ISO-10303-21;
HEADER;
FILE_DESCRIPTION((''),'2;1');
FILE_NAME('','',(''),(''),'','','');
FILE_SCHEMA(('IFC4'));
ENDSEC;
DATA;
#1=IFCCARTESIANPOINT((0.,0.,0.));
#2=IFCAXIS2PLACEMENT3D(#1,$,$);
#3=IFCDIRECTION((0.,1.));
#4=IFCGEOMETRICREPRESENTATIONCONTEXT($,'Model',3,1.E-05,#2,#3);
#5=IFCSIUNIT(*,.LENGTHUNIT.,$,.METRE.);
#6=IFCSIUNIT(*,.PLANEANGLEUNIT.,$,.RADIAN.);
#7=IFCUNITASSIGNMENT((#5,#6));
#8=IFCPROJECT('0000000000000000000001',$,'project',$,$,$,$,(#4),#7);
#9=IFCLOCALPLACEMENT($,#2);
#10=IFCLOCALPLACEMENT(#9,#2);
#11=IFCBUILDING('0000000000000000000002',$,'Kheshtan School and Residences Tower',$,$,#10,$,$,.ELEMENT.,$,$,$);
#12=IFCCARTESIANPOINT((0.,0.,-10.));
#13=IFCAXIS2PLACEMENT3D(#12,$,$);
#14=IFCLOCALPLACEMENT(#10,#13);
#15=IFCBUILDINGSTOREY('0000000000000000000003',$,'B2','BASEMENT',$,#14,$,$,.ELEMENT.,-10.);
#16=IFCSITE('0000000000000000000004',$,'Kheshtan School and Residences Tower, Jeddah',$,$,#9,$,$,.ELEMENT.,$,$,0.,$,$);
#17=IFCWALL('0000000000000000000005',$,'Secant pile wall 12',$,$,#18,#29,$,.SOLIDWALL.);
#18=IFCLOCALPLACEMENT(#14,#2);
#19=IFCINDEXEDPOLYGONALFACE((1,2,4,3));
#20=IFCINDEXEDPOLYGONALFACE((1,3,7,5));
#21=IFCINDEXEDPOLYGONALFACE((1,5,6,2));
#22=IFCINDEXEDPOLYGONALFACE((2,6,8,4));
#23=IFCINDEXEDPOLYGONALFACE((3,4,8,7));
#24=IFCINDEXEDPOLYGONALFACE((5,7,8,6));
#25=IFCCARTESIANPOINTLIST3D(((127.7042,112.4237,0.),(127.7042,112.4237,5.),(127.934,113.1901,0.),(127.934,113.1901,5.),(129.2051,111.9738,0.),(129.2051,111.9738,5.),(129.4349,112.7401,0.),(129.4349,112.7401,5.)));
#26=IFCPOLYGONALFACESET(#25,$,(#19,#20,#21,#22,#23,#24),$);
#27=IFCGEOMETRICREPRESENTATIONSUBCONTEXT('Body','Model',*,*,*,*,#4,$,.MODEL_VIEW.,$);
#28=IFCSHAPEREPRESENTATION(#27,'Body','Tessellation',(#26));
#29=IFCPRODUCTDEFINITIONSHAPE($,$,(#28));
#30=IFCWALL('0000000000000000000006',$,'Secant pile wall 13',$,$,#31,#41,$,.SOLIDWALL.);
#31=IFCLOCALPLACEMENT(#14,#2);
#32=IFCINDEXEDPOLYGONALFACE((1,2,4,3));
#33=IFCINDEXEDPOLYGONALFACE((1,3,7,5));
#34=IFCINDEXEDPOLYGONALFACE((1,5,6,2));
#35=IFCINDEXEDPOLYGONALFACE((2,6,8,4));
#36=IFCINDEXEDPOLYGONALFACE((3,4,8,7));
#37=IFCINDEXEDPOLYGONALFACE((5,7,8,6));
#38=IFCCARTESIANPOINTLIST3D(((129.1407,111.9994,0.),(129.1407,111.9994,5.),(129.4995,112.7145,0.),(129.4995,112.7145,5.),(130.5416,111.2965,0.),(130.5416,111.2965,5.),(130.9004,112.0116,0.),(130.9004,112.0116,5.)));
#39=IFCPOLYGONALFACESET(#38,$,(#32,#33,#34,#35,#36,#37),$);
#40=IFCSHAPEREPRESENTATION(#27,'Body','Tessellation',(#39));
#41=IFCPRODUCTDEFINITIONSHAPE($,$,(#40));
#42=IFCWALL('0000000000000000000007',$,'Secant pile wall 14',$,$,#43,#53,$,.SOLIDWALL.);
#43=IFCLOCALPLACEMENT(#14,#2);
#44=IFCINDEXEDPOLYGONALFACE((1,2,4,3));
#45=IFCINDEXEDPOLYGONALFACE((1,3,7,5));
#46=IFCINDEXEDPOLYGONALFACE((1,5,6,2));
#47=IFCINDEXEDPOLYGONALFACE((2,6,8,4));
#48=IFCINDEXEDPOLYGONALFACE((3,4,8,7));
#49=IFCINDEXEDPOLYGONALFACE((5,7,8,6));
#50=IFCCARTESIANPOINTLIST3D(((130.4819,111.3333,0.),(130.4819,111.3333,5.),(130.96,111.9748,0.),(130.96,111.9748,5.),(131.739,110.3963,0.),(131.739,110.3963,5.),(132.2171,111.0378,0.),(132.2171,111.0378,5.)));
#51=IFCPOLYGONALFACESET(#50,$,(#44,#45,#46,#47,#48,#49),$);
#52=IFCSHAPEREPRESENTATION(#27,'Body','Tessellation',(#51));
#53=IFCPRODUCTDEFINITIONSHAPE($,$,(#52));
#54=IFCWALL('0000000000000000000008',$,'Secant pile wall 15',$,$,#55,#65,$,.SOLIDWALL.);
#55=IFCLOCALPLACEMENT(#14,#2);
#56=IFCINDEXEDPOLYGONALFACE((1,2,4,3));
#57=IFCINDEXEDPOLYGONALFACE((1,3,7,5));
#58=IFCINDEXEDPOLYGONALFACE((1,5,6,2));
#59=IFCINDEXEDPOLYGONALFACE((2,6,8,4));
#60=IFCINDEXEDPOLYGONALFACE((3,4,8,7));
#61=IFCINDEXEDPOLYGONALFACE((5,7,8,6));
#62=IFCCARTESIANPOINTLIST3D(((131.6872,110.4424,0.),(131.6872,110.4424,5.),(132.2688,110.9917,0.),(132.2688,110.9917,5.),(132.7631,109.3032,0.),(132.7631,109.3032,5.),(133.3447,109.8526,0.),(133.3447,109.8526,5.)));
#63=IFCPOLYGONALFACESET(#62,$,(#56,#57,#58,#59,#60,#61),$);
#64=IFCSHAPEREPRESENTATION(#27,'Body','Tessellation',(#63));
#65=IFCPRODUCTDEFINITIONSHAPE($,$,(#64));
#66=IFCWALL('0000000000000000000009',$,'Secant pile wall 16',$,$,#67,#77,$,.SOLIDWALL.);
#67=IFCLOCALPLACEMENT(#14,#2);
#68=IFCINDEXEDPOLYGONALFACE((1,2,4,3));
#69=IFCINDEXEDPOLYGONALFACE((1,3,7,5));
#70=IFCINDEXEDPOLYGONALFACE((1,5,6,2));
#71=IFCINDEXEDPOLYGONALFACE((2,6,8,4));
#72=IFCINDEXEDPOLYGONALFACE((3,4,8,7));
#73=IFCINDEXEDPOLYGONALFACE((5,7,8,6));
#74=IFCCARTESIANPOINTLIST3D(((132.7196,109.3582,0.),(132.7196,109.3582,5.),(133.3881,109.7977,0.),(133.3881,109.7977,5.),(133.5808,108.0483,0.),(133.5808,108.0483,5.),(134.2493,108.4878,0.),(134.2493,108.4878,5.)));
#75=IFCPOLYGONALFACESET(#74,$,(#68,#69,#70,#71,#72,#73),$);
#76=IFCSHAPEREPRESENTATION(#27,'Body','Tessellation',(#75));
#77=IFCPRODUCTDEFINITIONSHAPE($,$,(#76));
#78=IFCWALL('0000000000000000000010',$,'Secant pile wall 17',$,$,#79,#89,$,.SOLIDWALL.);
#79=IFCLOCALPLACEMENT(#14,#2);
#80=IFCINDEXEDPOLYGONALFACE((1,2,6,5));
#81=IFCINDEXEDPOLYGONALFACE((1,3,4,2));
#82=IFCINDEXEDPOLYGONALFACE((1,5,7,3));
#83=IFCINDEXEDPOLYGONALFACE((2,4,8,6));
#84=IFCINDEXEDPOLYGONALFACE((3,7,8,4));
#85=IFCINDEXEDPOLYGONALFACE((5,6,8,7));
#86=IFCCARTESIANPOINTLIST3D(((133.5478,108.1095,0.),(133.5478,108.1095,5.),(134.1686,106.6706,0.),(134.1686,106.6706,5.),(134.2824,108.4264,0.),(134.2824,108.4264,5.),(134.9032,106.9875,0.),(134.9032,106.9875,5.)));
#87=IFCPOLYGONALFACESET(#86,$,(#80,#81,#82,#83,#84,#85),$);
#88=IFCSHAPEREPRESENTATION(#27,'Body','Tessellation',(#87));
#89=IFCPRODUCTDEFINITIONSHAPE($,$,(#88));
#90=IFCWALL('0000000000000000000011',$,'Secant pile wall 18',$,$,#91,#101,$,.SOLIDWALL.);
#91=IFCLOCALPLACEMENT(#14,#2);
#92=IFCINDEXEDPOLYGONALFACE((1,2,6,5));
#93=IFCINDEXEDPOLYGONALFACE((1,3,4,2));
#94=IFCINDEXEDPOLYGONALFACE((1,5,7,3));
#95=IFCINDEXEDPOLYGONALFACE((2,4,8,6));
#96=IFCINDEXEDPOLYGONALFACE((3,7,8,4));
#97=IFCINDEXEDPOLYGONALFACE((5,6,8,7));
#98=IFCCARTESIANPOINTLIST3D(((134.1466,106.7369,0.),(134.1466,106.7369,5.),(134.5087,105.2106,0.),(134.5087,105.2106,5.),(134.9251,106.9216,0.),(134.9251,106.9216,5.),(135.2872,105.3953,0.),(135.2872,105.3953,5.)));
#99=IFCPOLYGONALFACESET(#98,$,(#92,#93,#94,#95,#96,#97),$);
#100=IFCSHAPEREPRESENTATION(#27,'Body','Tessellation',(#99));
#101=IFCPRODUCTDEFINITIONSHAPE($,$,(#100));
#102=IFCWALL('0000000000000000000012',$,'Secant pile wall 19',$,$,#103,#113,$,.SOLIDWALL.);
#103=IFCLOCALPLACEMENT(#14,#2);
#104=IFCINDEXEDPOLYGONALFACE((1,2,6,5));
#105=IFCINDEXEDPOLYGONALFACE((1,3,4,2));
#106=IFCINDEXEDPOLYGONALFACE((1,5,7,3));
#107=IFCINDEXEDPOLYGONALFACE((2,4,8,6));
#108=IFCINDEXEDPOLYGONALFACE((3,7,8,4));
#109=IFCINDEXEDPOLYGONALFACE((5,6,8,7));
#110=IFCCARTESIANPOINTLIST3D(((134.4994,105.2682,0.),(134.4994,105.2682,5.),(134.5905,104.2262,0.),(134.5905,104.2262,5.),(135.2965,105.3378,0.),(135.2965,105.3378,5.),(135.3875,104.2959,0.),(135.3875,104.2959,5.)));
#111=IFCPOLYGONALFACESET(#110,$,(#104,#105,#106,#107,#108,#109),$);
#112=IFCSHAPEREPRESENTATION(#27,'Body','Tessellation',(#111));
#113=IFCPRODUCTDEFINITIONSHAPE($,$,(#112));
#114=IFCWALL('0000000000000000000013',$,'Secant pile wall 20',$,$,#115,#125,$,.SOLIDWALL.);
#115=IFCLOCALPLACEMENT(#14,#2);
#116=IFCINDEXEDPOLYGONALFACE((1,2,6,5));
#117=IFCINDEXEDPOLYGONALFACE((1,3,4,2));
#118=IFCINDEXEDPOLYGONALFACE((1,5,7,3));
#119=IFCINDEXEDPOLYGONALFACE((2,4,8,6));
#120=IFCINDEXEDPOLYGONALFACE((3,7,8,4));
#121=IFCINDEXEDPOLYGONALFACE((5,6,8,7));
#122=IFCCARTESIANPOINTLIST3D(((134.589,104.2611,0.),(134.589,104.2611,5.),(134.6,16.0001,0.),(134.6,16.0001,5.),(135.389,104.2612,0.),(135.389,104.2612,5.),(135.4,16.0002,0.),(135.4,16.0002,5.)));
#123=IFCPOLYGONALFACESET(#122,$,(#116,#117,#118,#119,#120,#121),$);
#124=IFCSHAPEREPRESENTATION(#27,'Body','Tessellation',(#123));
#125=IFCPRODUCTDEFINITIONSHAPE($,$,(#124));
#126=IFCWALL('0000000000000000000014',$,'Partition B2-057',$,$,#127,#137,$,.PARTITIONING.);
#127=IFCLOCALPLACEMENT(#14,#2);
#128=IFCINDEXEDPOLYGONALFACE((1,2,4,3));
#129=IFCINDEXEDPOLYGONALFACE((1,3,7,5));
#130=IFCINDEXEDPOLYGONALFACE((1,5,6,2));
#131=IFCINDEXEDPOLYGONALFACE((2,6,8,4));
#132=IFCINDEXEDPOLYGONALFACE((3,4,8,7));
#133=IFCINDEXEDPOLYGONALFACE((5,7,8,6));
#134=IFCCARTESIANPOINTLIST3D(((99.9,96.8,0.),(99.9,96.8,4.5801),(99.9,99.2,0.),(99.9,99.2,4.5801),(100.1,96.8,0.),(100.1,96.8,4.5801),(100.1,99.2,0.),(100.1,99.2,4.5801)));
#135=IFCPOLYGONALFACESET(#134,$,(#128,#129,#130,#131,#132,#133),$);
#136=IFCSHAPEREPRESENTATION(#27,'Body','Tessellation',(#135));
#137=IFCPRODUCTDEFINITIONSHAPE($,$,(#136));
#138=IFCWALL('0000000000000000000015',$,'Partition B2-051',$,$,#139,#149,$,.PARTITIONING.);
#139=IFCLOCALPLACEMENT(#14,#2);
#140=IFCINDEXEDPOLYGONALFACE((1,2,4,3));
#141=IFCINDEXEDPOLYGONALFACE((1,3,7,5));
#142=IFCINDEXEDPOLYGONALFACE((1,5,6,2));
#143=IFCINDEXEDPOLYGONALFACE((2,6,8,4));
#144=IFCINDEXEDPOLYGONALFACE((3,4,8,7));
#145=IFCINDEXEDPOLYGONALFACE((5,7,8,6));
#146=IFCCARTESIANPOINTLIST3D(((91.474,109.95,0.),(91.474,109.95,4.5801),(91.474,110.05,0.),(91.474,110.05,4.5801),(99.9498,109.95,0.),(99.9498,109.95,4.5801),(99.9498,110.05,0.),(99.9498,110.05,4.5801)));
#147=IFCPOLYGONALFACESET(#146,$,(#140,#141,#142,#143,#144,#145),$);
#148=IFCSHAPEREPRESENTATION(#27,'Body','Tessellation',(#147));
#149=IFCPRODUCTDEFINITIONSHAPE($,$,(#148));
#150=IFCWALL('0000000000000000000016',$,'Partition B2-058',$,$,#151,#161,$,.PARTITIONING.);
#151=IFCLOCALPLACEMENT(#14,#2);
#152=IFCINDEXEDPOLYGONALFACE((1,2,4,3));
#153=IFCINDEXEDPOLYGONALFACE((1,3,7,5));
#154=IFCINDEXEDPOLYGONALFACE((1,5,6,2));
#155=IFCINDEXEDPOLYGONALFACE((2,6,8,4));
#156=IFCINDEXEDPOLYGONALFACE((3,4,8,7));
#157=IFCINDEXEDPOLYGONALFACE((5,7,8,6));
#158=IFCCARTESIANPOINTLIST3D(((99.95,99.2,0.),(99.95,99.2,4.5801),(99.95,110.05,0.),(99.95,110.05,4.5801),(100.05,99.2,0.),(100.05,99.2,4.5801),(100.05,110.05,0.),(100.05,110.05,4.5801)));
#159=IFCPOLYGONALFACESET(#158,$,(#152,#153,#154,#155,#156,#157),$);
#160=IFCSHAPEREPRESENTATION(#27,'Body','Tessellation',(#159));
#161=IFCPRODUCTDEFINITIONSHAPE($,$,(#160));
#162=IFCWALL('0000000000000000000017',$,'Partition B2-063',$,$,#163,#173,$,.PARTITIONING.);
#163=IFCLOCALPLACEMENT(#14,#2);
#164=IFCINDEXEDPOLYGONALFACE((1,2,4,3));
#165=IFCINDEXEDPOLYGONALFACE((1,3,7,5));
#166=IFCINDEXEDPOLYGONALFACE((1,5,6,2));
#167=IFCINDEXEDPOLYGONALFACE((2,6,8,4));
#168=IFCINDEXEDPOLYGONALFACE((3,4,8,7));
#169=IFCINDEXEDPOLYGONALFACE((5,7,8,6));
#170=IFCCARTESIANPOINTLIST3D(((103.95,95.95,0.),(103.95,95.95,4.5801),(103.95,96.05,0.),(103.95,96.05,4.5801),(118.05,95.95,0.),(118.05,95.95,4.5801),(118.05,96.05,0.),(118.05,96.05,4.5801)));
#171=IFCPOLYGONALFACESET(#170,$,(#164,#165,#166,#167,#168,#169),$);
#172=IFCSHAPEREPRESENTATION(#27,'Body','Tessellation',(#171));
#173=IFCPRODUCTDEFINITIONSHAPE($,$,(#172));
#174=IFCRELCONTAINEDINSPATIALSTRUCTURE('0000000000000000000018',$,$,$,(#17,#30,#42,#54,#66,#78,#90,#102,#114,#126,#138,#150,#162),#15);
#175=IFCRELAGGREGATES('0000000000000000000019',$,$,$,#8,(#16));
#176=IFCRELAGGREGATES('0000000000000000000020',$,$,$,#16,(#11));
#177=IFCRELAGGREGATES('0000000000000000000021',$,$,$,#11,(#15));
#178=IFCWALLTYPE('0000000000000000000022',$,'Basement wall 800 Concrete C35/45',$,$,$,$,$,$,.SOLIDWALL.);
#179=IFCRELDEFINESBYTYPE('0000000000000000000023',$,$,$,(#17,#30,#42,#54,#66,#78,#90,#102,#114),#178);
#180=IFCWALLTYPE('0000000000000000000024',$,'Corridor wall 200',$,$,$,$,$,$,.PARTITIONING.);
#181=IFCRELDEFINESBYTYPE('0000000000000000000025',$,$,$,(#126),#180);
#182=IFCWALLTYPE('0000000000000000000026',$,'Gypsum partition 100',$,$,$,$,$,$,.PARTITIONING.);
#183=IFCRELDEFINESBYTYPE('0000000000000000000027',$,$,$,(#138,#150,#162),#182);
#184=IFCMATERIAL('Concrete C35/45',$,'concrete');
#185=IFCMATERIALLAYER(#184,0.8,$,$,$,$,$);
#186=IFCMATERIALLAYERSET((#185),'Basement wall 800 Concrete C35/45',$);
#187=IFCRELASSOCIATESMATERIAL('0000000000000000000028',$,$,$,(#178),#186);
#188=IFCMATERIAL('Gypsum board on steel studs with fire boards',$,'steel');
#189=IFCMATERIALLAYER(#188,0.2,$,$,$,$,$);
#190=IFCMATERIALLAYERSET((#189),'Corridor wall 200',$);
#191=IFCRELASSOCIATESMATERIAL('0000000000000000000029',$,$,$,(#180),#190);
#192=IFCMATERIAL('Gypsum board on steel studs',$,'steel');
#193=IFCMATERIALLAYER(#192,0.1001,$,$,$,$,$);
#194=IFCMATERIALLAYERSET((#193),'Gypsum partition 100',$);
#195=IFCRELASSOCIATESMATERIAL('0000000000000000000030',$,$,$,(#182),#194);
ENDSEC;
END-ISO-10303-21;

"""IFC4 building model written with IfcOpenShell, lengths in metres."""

from ifc_helpers import new_model, si_unit, direction, frame, frame_2d, origin, place, context, subcontext, project, spatial, rectangle, extrude, material, layer, layer_set, type_object, element, save


model = new_model("IFC4")

# Units and contexts
model_context = context("Model", 3, precision=1e-05, world=origin(), true_north=direction((0.0, 1.0)))
body_context = subcontext(model_context, "Body", "Model", "MODEL_VIEW")
ifc_project = project(units=[si_unit("LENGTHUNIT", "METRE"), si_unit("PLANEANGLEUNIT", "RADIAN")], contexts=[model_context])

# Site, building, storey
site_placement = place(None, origin())
site = spatial("IfcSite", under=ifc_project, at=site_placement, Name="Kheshtan School and Residences Tower, Jeddah", CompositionType="ELEMENT", RefElevation=0.0)
building_placement = place(site_placement, origin())
building = spatial("IfcBuilding", under=site, at=building_placement, Name="Kheshtan School and Residences Tower", CompositionType="ELEMENT")
storey_placement = place(building_placement, frame((0.0, 0.0, -10.0)))
storey = spatial("IfcBuildingStorey", under=building, at=storey_placement, Name="B2", Description="BASEMENT", CompositionType="ELEMENT", Elevation=-10.0)

# Walls
ifc_material_1 = material(Name="Concrete C35/45", Category="concrete")
ifc_layer_1 = layer(ifc_material_1, 0.8)
ifc_layer_set_1 = layer_set([ifc_layer_1], Name="Basement wall 800 Concrete C35/45")
wall_type_1 = type_object("IfcWallType", Name="Basement wall 800 Concrete C35/45", PredefinedType="SOLIDWALL", material=ifc_layer_set_1)
wall_1_placement = place(storey_placement, frame((127.8191, 112.8069, 0.0), z_axis=(0.0, 0.0, 1.0), x_axis=(0.957886, -0.287148, 0.0)))
element("IfcWall", 1, at=wall_1_placement, inside=storey, type_object=wall_type_1, Name="Secant pile wall 12", PredefinedType="SOLIDWALL", context=body_context, shape_type="SweptSolid", body=[
    extrude(rectangle(XDim=1.5669, YDim=0.8, at=frame_2d((0.7834, 0.0))), origin(), (0.0, 0.0, 1.0), 5.0),
])
wall_2_placement = place(storey_placement, frame((129.3201, 112.3569, 0.0), z_axis=(0.0, 0.0, 1.0), x_axis=(0.893803, -0.448459, 0.0)))
element("IfcWall", 2, at=wall_2_placement, inside=storey, type_object=wall_type_1, Name="Secant pile wall 13", PredefinedType="SOLIDWALL", context=body_context, shape_type="SweptSolid", body=[
    extrude(rectangle(XDim=1.5674, YDim=0.8, at=frame_2d((0.7837, 0.0))), origin(), (0.0, 0.0, 1.0), 5.0),
])
wall_3_placement = place(storey_placement, frame((130.7209, 111.6541, 0.0), z_axis=(0.0, 0.0, 1.0), x_axis=(0.801772, -0.597631, 0.0)))
element("IfcWall", 3, at=wall_3_placement, inside=storey, type_object=wall_type_1, Name="Secant pile wall 14", PredefinedType="SOLIDWALL", context=body_context, shape_type="SweptSolid", body=[
    extrude(rectangle(XDim=1.5679, YDim=0.8, at=frame_2d((0.7839, 0.0))), origin(), (0.0, 0.0, 1.0), 5.0),
])
wall_4_placement = place(storey_placement, frame((131.978, 110.717, 0.0), z_axis=(0.0, 0.0, 1.0), x_axis=(0.686642, -0.726996, 0.0)))
element("IfcWall", 4, at=wall_4_placement, inside=storey, type_object=wall_type_1, Name="Secant pile wall 15", PredefinedType="SOLIDWALL", context=body_context, shape_type="SweptSolid", body=[
    extrude(rectangle(XDim=1.5669, YDim=0.8, at=frame_2d((0.7834, 0.0))), origin(), (0.0, 0.0, 1.0), 5.0),
])
wall_5_placement = place(storey_placement, frame((133.054, 109.5779, 0.0), z_axis=(0.0, 0.0, 1.0), x_axis=(0.549333, -0.835603, 0.0)))
element("IfcWall", 5, at=wall_5_placement, inside=storey, type_object=wall_type_1, Name="Secant pile wall 16", PredefinedType="SOLIDWALL", context=body_context, shape_type="SweptSolid", body=[
    extrude(rectangle(XDim=1.5676, YDim=0.8, at=frame_2d((0.7837, 0.0))), origin(), (0.0, 0.0, 1.0), 5.0),
])
wall_6_placement = place(storey_placement, frame((133.915, 108.2681, 0.0), z_axis=(0.0, 0.0, 1.0), x_axis=(0.396155, -0.918183, 0.0)))
element("IfcWall", 6, at=wall_6_placement, inside=storey, type_object=wall_type_1, Name="Secant pile wall 17", PredefinedType="SOLIDWALL", context=body_context, shape_type="SweptSolid", body=[
    extrude(rectangle(XDim=1.5671, YDim=0.8, at=frame_2d((0.7837, 0.0))), origin(), (0.0, 0.0, 1.0), 5.0),
])
wall_7_placement = place(storey_placement, frame((134.5359, 106.8291, 0.0), z_axis=(0.0, 0.0, 1.0), x_axis=(0.230835, -0.972993, 0.0)))
element("IfcWall", 7, at=wall_7_placement, inside=storey, type_object=wall_type_1, Name="Secant pile wall 18", PredefinedType="SOLIDWALL", context=body_context, shape_type="SweptSolid", body=[
    extrude(rectangle(XDim=1.5686, YDim=0.8, at=frame_2d((0.7842, 0.0))), origin(), (0.0, 0.0, 1.0), 5.0),
])
wall_8_placement = place(storey_placement, frame((134.8979, 105.303, 0.0), z_axis=(0.0, 0.0, 1.0), x_axis=(0.087063, -0.996203, 0.0)))
element("IfcWall", 8, at=wall_8_placement, inside=storey, type_object=wall_type_1, Name="Secant pile wall 19", PredefinedType="SOLIDWALL", context=body_context, shape_type="SweptSolid", body=[
    extrude(rectangle(XDim=1.0459, YDim=0.8, at=frame_2d((0.5229, 0.0))), origin(), (0.0, 0.0, 1.0), 5.0),
])
wall_9_placement = place(storey_placement, frame((134.989, 104.261, 0.0), z_axis=(0.0, 0.0, 1.0), x_axis=(0.000124, -1.0, 0.0)))
element("IfcWall", 9, at=wall_9_placement, inside=storey, type_object=wall_type_1, Name="Secant pile wall 20", PredefinedType="SOLIDWALL", context=body_context, shape_type="SweptSolid", body=[
    extrude(rectangle(XDim=88.261, YDim=0.8, at=frame_2d((44.1304, 0.0))), origin(), (0.0, 0.0, 1.0), 5.0),
])
ifc_material_2 = material(Name="Gypsum board on steel studs with fire boards", Category="steel")
ifc_layer_2 = layer(ifc_material_2, 0.2)
ifc_layer_set_2 = layer_set([ifc_layer_2], Name="Corridor wall 200")
wall_type_2 = type_object("IfcWallType", Name="Corridor wall 200", PredefinedType="PARTITIONING", material=ifc_layer_set_2)
wall_10_placement = place(storey_placement, frame((100.0, 96.8, 0.0), z_axis=(0.0, 0.0, 1.0), x_axis=(0.0, 1.0, 0.0)))
element("IfcWall", 10, at=wall_10_placement, inside=storey, type_object=wall_type_2, Name="Partition B2-057", PredefinedType="PARTITIONING", context=body_context, shape_type="SweptSolid", body=[
    extrude(rectangle(XDim=2.3999, YDim=0.2, at=frame_2d((1.2, 0.0))), origin(), (0.0, 0.0, 1.0), 4.5801),
])
ifc_material_3 = material(Name="Gypsum board on steel studs", Category="steel")
ifc_layer_3 = layer(ifc_material_3, 0.1001)
ifc_layer_set_3 = layer_set([ifc_layer_3], Name="Gypsum partition 100")
wall_type_3 = type_object("IfcWallType", Name="Gypsum partition 100", PredefinedType="PARTITIONING", material=ifc_layer_set_3)
wall_11_placement = place(storey_placement, frame((91.4741, 110.0, 0.0), z_axis=(0.0, 0.0, 1.0), x_axis=(1.0, 0.0, 0.0)))
element("IfcWall", 11, at=wall_11_placement, inside=storey, type_object=wall_type_3, Name="Partition B2-051", PredefinedType="PARTITIONING", context=body_context, shape_type="SweptSolid", body=[
    extrude(rectangle(XDim=8.4758, YDim=0.1001, at=frame_2d((4.2378, 0.0))), origin(), (0.0, 0.0, 1.0), 4.5801),
])
wall_12_placement = place(storey_placement, frame((100.0, 99.2, 0.0), z_axis=(0.0, 0.0, 1.0), x_axis=(0.0, 1.0, 0.0)))
element("IfcWall", 12, at=wall_12_placement, inside=storey, type_object=wall_type_3, Name="Partition B2-058", PredefinedType="PARTITIONING", context=body_context, shape_type="SweptSolid", body=[
    extrude(rectangle(XDim=10.8501, YDim=0.1001, at=frame_2d((5.425, 0.0))), origin(), (0.0, 0.0, 1.0), 4.5801),
])
wall_13_placement = place(storey_placement, frame((103.95, 96.0, 0.0), z_axis=(0.0, 0.0, 1.0), x_axis=(1.0, 0.0, 0.0)))
element("IfcWall", 13, at=wall_13_placement, inside=storey, type_object=wall_type_3, Name="Partition B2-063", PredefinedType="PARTITIONING", context=body_context, shape_type="SweptSolid", body=[
    extrude(rectangle(XDim=14.1001, YDim=0.1001, at=frame_2d((7.05, 0.0))), origin(), (0.0, 0.0, 1.0), 4.5801),
])

save(model, "model.ifc")
